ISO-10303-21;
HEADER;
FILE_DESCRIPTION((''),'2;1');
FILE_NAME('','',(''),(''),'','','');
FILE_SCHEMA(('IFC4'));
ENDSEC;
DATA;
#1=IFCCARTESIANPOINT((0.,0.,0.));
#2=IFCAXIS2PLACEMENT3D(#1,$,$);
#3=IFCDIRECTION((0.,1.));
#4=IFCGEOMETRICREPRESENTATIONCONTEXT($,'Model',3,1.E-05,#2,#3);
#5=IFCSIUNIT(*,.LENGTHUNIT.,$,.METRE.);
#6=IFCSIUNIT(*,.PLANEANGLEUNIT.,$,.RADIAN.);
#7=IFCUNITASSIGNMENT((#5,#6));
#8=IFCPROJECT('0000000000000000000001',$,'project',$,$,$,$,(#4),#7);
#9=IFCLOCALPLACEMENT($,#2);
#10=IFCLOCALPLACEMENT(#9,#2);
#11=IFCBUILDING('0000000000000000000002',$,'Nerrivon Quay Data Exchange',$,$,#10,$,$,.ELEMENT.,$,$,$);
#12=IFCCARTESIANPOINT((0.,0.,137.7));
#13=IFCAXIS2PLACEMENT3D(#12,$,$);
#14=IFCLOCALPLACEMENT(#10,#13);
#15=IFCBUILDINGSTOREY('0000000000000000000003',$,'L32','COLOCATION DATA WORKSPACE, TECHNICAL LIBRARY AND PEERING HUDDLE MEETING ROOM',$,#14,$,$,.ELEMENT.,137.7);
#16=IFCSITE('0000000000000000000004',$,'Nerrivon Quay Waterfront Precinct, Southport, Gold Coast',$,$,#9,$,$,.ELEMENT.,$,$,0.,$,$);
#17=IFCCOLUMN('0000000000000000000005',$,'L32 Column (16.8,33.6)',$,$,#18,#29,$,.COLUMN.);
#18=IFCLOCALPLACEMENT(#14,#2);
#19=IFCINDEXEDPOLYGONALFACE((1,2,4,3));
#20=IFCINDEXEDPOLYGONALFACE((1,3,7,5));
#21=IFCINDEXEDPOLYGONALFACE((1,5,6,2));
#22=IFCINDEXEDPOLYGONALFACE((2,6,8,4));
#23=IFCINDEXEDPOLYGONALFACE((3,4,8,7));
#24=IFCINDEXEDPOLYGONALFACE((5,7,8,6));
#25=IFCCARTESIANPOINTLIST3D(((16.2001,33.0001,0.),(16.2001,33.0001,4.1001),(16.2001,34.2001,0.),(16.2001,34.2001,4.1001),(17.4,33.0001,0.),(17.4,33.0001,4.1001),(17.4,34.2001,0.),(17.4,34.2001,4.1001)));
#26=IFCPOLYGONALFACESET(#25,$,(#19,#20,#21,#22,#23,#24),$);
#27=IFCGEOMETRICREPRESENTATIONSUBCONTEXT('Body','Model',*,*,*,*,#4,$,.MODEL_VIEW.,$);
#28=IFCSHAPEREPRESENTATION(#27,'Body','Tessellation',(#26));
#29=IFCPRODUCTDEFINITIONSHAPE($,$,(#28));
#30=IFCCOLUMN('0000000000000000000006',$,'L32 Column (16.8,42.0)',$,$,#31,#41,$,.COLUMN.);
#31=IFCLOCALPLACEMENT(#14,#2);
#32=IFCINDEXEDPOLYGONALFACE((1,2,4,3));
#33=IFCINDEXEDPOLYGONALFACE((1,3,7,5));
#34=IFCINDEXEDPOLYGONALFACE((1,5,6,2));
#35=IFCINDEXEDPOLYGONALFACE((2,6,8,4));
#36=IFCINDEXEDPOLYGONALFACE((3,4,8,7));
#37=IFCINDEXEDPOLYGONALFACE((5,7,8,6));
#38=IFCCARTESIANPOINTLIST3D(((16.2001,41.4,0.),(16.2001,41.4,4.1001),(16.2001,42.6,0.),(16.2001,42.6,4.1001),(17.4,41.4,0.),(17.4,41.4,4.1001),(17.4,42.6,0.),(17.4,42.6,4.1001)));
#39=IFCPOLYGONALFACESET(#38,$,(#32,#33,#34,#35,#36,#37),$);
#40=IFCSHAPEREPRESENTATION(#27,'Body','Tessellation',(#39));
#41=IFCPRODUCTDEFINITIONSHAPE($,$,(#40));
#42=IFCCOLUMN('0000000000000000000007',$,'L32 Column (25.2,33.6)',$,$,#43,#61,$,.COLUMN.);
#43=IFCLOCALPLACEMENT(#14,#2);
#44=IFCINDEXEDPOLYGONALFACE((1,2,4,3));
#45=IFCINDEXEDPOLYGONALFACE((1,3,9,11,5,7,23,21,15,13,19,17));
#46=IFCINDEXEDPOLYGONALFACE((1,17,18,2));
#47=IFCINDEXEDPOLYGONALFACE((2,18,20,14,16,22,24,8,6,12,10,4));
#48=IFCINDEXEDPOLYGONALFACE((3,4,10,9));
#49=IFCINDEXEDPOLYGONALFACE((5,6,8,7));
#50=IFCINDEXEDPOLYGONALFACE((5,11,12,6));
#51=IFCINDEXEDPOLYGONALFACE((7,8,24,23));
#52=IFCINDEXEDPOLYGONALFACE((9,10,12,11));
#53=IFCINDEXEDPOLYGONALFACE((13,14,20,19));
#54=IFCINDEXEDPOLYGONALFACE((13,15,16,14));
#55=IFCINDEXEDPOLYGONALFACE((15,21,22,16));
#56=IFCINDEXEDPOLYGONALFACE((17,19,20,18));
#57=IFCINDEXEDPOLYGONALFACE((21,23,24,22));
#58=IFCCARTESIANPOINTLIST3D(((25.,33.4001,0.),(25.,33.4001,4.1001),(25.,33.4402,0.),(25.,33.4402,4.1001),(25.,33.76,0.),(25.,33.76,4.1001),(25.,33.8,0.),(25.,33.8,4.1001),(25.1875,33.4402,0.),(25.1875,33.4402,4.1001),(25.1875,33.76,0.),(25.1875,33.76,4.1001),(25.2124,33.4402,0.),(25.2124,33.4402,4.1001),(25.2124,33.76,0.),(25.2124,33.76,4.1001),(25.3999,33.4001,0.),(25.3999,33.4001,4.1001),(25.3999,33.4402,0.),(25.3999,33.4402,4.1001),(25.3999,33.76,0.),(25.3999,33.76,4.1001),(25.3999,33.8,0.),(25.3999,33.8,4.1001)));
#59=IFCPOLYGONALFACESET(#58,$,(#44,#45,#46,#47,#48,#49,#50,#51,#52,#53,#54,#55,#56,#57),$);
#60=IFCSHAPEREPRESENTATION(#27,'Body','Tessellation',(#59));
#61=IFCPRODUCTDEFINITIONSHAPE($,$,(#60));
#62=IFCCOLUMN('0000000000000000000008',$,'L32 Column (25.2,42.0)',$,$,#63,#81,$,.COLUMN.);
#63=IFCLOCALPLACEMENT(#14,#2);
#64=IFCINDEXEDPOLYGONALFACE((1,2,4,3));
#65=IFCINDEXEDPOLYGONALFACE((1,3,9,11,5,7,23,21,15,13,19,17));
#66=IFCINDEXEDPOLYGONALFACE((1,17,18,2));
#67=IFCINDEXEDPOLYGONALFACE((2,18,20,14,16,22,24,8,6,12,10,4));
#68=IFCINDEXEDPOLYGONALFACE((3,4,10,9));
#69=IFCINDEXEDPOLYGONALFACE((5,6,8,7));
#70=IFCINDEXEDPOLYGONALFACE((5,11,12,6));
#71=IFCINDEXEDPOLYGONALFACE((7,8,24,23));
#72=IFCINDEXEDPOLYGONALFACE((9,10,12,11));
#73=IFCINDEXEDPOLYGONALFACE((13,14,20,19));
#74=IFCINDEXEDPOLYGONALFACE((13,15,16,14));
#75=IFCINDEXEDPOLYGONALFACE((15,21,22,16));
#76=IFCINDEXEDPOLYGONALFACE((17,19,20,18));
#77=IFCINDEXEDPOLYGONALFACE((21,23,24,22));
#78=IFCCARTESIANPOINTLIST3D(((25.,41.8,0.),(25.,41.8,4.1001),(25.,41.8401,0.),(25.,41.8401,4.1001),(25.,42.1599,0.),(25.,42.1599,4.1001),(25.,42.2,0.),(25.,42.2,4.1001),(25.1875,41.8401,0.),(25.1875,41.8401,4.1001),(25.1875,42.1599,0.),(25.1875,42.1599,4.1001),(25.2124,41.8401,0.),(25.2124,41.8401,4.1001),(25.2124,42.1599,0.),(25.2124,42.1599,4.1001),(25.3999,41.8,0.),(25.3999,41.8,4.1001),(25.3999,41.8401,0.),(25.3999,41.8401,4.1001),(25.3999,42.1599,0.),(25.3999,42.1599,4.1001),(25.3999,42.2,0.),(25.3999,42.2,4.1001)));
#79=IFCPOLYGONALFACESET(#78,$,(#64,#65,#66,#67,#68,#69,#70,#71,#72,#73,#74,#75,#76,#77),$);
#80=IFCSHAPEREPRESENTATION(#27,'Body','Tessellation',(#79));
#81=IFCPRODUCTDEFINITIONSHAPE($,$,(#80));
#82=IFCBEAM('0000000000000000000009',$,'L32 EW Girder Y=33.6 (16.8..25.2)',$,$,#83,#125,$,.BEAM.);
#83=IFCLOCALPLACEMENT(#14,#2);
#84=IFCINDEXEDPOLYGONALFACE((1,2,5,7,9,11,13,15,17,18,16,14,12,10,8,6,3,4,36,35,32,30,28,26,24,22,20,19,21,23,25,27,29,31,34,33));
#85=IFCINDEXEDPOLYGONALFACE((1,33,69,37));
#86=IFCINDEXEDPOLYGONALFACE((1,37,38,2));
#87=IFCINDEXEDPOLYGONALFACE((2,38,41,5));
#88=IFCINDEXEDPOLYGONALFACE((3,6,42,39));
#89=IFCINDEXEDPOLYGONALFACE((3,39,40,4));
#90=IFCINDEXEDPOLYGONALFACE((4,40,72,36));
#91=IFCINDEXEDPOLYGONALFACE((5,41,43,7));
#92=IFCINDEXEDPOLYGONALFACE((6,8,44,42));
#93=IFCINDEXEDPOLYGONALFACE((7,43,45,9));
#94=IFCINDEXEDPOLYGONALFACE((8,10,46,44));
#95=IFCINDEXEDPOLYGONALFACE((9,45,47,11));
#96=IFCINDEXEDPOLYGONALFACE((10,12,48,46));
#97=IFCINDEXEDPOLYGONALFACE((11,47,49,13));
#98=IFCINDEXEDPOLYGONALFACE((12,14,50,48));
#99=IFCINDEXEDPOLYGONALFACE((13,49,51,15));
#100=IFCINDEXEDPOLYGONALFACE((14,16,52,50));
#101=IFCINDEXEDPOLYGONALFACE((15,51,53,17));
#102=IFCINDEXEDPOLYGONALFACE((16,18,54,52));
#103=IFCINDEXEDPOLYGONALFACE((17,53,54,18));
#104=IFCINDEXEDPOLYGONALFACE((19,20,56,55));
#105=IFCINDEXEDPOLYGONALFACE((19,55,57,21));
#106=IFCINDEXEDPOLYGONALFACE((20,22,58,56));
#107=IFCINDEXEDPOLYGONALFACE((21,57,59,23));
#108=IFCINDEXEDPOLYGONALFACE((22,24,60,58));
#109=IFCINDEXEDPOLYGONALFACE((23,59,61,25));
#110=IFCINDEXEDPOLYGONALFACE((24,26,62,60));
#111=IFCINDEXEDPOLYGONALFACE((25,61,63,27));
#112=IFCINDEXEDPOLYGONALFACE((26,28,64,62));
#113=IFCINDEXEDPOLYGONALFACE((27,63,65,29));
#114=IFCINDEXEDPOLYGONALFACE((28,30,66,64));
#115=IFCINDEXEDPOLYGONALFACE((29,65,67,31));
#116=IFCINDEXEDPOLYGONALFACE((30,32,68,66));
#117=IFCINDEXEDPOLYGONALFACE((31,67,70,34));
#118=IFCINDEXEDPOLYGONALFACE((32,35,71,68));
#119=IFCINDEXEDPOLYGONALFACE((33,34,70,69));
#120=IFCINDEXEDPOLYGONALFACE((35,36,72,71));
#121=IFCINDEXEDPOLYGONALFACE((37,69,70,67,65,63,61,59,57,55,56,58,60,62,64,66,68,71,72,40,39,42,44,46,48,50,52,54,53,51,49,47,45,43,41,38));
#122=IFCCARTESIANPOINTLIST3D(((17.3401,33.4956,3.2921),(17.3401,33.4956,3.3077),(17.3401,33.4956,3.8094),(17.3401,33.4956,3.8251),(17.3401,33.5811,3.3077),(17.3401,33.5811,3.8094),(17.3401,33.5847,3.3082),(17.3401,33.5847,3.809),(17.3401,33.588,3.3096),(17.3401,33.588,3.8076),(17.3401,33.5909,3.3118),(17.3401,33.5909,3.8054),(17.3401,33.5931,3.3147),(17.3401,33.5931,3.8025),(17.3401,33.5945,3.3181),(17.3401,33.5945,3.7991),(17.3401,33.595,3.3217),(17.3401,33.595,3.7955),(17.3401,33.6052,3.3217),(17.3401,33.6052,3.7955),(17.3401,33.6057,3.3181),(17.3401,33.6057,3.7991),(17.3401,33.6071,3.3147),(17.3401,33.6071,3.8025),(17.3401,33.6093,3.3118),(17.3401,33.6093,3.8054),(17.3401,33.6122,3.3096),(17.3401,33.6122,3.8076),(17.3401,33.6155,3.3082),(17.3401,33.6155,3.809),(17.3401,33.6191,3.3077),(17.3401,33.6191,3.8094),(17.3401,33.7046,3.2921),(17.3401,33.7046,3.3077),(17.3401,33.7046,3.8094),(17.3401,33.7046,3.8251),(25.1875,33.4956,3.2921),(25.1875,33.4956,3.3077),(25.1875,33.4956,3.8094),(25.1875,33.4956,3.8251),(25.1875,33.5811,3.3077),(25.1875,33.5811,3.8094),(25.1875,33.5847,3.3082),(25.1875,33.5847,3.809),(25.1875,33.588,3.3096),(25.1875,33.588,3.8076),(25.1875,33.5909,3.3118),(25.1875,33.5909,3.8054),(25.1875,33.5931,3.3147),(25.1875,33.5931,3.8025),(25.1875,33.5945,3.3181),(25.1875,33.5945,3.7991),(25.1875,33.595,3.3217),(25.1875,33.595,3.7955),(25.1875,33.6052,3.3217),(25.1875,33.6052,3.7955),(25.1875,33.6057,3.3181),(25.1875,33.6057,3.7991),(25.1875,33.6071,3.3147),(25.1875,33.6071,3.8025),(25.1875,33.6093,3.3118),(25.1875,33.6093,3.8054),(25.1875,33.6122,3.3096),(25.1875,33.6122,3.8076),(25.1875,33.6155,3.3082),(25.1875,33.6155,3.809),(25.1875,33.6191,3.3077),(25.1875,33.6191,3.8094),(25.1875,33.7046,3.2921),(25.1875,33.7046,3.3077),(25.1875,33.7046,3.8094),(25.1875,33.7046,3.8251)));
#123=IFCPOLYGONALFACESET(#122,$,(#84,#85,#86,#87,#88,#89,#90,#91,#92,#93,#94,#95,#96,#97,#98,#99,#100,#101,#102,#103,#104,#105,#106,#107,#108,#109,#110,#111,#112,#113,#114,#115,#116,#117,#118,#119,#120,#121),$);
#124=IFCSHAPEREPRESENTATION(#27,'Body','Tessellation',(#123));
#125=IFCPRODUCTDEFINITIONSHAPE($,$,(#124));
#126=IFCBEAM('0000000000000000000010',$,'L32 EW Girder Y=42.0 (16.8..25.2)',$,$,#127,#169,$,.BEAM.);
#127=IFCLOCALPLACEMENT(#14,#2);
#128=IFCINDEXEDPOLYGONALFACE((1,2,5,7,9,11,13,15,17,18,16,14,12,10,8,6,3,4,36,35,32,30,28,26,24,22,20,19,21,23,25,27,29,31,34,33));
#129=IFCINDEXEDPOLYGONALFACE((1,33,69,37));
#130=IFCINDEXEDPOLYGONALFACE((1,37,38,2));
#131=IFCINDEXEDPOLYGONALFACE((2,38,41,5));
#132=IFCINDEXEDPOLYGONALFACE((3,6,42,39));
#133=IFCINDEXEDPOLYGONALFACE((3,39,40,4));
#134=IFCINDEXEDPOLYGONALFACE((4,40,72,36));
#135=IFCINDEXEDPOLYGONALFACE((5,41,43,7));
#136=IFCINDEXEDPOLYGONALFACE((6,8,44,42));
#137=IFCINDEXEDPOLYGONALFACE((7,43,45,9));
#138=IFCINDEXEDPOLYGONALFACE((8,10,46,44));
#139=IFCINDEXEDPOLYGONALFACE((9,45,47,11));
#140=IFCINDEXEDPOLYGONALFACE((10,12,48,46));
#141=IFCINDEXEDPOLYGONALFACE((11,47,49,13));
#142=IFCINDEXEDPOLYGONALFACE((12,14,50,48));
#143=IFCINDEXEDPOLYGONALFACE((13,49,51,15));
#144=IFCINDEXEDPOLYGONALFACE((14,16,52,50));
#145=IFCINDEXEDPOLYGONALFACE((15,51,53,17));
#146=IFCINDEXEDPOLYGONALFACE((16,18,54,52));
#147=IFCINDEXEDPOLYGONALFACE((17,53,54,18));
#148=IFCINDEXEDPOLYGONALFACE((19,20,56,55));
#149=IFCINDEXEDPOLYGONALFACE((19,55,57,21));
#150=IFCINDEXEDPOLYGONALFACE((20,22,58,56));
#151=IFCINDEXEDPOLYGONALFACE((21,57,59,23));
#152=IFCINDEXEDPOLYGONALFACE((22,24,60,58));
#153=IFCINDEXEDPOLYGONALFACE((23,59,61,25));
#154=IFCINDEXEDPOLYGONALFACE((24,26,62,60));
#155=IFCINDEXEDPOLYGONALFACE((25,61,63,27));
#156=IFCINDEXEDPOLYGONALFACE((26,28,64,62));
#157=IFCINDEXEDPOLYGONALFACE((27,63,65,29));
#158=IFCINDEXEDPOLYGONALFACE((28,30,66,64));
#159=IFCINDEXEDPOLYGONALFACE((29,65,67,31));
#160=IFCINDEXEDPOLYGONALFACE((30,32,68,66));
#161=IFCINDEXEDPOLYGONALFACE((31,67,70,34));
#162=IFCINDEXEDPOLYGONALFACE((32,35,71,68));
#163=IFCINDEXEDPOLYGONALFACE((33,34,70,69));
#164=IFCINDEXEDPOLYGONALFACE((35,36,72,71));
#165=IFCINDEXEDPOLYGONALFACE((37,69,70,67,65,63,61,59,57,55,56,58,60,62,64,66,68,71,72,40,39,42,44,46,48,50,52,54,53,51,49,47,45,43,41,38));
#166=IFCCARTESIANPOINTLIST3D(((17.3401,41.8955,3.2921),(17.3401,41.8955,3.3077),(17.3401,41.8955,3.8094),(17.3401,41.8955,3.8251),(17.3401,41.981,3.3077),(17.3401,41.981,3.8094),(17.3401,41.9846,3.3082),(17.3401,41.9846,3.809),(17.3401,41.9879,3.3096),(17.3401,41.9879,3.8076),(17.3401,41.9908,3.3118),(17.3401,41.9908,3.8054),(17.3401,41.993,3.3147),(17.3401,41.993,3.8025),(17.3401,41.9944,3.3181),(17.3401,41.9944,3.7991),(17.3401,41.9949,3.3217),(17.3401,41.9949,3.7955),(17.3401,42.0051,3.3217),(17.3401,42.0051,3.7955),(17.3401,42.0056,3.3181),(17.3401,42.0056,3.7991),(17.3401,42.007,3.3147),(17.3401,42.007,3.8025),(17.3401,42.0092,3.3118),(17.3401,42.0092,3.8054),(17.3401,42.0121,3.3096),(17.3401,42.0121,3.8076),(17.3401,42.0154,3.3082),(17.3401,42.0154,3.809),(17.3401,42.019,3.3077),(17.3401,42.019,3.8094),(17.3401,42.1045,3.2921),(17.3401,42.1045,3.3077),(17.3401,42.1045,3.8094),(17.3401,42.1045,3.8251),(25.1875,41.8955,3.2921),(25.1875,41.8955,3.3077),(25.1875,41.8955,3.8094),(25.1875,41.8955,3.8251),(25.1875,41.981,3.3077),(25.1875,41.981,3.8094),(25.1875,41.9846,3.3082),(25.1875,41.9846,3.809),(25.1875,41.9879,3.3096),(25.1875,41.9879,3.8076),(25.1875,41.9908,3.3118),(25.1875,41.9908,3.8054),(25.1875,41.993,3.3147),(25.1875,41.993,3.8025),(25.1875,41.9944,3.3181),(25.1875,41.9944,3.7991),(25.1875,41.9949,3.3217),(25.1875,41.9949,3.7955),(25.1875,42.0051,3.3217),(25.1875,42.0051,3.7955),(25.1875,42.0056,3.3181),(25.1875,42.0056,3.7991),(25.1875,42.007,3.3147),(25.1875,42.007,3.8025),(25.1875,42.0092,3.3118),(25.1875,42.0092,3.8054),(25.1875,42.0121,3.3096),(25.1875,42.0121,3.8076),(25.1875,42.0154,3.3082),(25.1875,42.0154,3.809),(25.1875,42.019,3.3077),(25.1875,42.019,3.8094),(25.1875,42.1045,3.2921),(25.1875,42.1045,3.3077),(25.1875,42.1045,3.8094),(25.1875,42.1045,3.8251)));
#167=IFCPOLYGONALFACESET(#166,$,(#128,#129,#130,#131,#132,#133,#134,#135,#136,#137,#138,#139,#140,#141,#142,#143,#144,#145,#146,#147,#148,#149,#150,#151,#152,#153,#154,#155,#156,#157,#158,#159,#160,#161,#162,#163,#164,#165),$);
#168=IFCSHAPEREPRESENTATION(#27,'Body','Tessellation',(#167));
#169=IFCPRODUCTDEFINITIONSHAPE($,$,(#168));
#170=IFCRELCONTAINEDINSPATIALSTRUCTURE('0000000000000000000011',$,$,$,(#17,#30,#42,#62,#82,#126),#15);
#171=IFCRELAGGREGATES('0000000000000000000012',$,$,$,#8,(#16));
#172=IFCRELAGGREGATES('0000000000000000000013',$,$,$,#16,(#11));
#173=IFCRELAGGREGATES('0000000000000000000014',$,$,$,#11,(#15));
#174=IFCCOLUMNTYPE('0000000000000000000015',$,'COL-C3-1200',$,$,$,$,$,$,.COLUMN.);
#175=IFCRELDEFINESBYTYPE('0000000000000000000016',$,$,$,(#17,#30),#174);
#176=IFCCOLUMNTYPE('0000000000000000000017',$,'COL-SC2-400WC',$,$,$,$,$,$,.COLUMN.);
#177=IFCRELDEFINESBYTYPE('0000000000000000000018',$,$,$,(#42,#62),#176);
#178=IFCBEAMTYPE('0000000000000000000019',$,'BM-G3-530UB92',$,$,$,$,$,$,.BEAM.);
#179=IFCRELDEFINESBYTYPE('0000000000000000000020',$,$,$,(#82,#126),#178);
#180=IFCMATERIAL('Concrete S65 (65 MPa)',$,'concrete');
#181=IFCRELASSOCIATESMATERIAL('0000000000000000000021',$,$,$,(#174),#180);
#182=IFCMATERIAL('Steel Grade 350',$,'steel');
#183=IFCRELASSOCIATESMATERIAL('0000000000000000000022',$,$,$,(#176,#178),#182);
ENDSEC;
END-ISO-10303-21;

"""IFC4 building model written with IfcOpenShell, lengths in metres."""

from ifc_helpers import new_model, si_unit, direction, frame, origin, origin_2d, place, context, subcontext, project, spatial, rectangle, i_section, extrude, material, material_profile, profile_set, type_object, element, save


model = new_model("IFC4")

# Units and contexts
model_context = context("Model", 3, precision=1e-05, world=origin(), true_north=direction((0.0, 1.0)))
body_context = subcontext(model_context, "Body", "Model", "MODEL_VIEW")
ifc_project = project(units=[si_unit("LENGTHUNIT", "METRE"), si_unit("PLANEANGLEUNIT", "RADIAN")], contexts=[model_context])

# Site, building, storey
site_placement = place(None, origin())
site = spatial("IfcSite", under=ifc_project, at=site_placement, Name="Nerrivon Quay Waterfront Precinct, Southport, Gold Coast", CompositionType="ELEMENT", RefElevation=0.0)
building_placement = place(site_placement, origin())
building = spatial("IfcBuilding", under=site, at=building_placement, Name="Nerrivon Quay Data Exchange", CompositionType="ELEMENT")
storey_placement = place(building_placement, frame((0.0, 0.0, 137.7)))
storey = spatial("IfcBuildingStorey", under=building, at=storey_placement, Name="L32", Description="COLOCATION DATA WORKSPACE, TECHNICAL LIBRARY AND PEERING HUDDLE MEETING ROOM", CompositionType="ELEMENT", Elevation=137.7)

# Columns
ifc_material_1 = material(Name="Concrete S65 (65 MPa)", Category="concrete")
ifc_material_profile_1 = material_profile(ifc_material_1, rectangle(XDim=1.2, YDim=1.2, at=origin_2d()), Name="RC-COL-1200x1200")
ifc_profile_set_1 = profile_set([ifc_material_profile_1], Name="Concrete S65 (65 MPa)")
column_type_1 = type_object("IfcColumnType", Name="COL-C3-1200", PredefinedType="COLUMN", material=ifc_profile_set_1)
for number, where, z_axis, x_axis, name in (
    (1, (16.8, 33.6001, 0.0), (0.0, 0.0, 1.0), (1.0, 0.0, 0.0), "L32 Column (16.8,33.6)"),
    (2, (16.8, 42.0, 0.0), (0.0, 0.0, 1.0), (1.0, 0.0, 0.0), "L32 Column (16.8,42.0)"),
):
    element("IfcColumn", number, at=place(storey_placement, frame(where, z_axis=z_axis, x_axis=x_axis)), inside=storey, type_object=column_type_1, Name=name, PredefinedType="COLUMN", context=body_context, shape_type="SweptSolid", body=[
        extrude(rectangle(XDim=1.2, YDim=1.2, at=origin_2d()), origin(), (0.0, 0.0, 1.0), 4.1001),
    ])
ifc_material_2 = material(Name="Steel Grade 350", Category="steel")
ifc_material_profile_2 = material_profile(ifc_material_2, i_section(OverallWidth=0.3999, OverallDepth=0.3999, WebThickness=0.0249, FlangeThickness=0.04, at=origin_2d()), Name="400WC328")
ifc_profile_set_2 = profile_set([ifc_material_profile_2], Name="Steel Grade 350")
column_type_2 = type_object("IfcColumnType", Name="COL-SC2-400WC", PredefinedType="COLUMN", material=ifc_profile_set_2)
for number, where, z_axis, x_axis, name in (
    (3, (25.2, 33.6001, 0.0), (0.0, 0.0, 1.0), (1.0, 0.0, 0.0), "L32 Column (25.2,33.6)"),
    (4, (25.2, 42.0, 0.0), (0.0, 0.0, 1.0), (1.0, 0.0, 0.0), "L32 Column (25.2,42.0)"),
):
    element("IfcColumn", number, at=place(storey_placement, frame(where, z_axis=z_axis, x_axis=x_axis)), inside=storey, type_object=column_type_2, Name=name, PredefinedType="COLUMN", context=body_context, shape_type="SweptSolid", body=[
        extrude(i_section(OverallWidth=0.3999, OverallDepth=0.3999, WebThickness=0.0249, FlangeThickness=0.04, at=origin_2d()), origin(), (0.0, 0.0, 1.0), 4.1001),
    ])

# Beams
ifc_material_profile_3 = material_profile(ifc_material_2, i_section(OverallWidth=0.209, OverallDepth=0.533, WebThickness=0.0103, FlangeThickness=0.0156, FilletRadius=0.0139, at=origin_2d()), Name="530UB92.4")
ifc_profile_set_3 = profile_set([ifc_material_profile_3], Name="Steel Grade 350")
beam_type_1 = type_object("IfcBeamType", Name="BM-G3-530UB92", PredefinedType="BEAM", material=ifc_profile_set_3)
for number, where, z_axis, x_axis, name in (
    (5, (17.3401, 33.6001, 3.5586), (1.0, 0.0, 0.0), (0.0, 1.0, 0.0), "L32 EW Girder Y=33.6 (16.8..25.2)"),
    (6, (17.3401, 42.0, 3.5586), (1.0, 0.0, 0.0), (0.0, 1.0, 0.0), "L32 EW Girder Y=42.0 (16.8..25.2)"),
):
    element("IfcBeam", number, at=place(storey_placement, frame(where, z_axis=z_axis, x_axis=x_axis)), inside=storey, type_object=beam_type_1, Name=name, PredefinedType="BEAM", context=body_context, shape_type="SweptSolid", body=[
        extrude(i_section(OverallWidth=0.209, OverallDepth=0.533, WebThickness=0.0103, FlangeThickness=0.0156, FilletRadius=0.0139, at=origin_2d()), origin(), (0.0, 0.0, 1.0), 7.8474),
    ])

save(model, "model.ifc")
